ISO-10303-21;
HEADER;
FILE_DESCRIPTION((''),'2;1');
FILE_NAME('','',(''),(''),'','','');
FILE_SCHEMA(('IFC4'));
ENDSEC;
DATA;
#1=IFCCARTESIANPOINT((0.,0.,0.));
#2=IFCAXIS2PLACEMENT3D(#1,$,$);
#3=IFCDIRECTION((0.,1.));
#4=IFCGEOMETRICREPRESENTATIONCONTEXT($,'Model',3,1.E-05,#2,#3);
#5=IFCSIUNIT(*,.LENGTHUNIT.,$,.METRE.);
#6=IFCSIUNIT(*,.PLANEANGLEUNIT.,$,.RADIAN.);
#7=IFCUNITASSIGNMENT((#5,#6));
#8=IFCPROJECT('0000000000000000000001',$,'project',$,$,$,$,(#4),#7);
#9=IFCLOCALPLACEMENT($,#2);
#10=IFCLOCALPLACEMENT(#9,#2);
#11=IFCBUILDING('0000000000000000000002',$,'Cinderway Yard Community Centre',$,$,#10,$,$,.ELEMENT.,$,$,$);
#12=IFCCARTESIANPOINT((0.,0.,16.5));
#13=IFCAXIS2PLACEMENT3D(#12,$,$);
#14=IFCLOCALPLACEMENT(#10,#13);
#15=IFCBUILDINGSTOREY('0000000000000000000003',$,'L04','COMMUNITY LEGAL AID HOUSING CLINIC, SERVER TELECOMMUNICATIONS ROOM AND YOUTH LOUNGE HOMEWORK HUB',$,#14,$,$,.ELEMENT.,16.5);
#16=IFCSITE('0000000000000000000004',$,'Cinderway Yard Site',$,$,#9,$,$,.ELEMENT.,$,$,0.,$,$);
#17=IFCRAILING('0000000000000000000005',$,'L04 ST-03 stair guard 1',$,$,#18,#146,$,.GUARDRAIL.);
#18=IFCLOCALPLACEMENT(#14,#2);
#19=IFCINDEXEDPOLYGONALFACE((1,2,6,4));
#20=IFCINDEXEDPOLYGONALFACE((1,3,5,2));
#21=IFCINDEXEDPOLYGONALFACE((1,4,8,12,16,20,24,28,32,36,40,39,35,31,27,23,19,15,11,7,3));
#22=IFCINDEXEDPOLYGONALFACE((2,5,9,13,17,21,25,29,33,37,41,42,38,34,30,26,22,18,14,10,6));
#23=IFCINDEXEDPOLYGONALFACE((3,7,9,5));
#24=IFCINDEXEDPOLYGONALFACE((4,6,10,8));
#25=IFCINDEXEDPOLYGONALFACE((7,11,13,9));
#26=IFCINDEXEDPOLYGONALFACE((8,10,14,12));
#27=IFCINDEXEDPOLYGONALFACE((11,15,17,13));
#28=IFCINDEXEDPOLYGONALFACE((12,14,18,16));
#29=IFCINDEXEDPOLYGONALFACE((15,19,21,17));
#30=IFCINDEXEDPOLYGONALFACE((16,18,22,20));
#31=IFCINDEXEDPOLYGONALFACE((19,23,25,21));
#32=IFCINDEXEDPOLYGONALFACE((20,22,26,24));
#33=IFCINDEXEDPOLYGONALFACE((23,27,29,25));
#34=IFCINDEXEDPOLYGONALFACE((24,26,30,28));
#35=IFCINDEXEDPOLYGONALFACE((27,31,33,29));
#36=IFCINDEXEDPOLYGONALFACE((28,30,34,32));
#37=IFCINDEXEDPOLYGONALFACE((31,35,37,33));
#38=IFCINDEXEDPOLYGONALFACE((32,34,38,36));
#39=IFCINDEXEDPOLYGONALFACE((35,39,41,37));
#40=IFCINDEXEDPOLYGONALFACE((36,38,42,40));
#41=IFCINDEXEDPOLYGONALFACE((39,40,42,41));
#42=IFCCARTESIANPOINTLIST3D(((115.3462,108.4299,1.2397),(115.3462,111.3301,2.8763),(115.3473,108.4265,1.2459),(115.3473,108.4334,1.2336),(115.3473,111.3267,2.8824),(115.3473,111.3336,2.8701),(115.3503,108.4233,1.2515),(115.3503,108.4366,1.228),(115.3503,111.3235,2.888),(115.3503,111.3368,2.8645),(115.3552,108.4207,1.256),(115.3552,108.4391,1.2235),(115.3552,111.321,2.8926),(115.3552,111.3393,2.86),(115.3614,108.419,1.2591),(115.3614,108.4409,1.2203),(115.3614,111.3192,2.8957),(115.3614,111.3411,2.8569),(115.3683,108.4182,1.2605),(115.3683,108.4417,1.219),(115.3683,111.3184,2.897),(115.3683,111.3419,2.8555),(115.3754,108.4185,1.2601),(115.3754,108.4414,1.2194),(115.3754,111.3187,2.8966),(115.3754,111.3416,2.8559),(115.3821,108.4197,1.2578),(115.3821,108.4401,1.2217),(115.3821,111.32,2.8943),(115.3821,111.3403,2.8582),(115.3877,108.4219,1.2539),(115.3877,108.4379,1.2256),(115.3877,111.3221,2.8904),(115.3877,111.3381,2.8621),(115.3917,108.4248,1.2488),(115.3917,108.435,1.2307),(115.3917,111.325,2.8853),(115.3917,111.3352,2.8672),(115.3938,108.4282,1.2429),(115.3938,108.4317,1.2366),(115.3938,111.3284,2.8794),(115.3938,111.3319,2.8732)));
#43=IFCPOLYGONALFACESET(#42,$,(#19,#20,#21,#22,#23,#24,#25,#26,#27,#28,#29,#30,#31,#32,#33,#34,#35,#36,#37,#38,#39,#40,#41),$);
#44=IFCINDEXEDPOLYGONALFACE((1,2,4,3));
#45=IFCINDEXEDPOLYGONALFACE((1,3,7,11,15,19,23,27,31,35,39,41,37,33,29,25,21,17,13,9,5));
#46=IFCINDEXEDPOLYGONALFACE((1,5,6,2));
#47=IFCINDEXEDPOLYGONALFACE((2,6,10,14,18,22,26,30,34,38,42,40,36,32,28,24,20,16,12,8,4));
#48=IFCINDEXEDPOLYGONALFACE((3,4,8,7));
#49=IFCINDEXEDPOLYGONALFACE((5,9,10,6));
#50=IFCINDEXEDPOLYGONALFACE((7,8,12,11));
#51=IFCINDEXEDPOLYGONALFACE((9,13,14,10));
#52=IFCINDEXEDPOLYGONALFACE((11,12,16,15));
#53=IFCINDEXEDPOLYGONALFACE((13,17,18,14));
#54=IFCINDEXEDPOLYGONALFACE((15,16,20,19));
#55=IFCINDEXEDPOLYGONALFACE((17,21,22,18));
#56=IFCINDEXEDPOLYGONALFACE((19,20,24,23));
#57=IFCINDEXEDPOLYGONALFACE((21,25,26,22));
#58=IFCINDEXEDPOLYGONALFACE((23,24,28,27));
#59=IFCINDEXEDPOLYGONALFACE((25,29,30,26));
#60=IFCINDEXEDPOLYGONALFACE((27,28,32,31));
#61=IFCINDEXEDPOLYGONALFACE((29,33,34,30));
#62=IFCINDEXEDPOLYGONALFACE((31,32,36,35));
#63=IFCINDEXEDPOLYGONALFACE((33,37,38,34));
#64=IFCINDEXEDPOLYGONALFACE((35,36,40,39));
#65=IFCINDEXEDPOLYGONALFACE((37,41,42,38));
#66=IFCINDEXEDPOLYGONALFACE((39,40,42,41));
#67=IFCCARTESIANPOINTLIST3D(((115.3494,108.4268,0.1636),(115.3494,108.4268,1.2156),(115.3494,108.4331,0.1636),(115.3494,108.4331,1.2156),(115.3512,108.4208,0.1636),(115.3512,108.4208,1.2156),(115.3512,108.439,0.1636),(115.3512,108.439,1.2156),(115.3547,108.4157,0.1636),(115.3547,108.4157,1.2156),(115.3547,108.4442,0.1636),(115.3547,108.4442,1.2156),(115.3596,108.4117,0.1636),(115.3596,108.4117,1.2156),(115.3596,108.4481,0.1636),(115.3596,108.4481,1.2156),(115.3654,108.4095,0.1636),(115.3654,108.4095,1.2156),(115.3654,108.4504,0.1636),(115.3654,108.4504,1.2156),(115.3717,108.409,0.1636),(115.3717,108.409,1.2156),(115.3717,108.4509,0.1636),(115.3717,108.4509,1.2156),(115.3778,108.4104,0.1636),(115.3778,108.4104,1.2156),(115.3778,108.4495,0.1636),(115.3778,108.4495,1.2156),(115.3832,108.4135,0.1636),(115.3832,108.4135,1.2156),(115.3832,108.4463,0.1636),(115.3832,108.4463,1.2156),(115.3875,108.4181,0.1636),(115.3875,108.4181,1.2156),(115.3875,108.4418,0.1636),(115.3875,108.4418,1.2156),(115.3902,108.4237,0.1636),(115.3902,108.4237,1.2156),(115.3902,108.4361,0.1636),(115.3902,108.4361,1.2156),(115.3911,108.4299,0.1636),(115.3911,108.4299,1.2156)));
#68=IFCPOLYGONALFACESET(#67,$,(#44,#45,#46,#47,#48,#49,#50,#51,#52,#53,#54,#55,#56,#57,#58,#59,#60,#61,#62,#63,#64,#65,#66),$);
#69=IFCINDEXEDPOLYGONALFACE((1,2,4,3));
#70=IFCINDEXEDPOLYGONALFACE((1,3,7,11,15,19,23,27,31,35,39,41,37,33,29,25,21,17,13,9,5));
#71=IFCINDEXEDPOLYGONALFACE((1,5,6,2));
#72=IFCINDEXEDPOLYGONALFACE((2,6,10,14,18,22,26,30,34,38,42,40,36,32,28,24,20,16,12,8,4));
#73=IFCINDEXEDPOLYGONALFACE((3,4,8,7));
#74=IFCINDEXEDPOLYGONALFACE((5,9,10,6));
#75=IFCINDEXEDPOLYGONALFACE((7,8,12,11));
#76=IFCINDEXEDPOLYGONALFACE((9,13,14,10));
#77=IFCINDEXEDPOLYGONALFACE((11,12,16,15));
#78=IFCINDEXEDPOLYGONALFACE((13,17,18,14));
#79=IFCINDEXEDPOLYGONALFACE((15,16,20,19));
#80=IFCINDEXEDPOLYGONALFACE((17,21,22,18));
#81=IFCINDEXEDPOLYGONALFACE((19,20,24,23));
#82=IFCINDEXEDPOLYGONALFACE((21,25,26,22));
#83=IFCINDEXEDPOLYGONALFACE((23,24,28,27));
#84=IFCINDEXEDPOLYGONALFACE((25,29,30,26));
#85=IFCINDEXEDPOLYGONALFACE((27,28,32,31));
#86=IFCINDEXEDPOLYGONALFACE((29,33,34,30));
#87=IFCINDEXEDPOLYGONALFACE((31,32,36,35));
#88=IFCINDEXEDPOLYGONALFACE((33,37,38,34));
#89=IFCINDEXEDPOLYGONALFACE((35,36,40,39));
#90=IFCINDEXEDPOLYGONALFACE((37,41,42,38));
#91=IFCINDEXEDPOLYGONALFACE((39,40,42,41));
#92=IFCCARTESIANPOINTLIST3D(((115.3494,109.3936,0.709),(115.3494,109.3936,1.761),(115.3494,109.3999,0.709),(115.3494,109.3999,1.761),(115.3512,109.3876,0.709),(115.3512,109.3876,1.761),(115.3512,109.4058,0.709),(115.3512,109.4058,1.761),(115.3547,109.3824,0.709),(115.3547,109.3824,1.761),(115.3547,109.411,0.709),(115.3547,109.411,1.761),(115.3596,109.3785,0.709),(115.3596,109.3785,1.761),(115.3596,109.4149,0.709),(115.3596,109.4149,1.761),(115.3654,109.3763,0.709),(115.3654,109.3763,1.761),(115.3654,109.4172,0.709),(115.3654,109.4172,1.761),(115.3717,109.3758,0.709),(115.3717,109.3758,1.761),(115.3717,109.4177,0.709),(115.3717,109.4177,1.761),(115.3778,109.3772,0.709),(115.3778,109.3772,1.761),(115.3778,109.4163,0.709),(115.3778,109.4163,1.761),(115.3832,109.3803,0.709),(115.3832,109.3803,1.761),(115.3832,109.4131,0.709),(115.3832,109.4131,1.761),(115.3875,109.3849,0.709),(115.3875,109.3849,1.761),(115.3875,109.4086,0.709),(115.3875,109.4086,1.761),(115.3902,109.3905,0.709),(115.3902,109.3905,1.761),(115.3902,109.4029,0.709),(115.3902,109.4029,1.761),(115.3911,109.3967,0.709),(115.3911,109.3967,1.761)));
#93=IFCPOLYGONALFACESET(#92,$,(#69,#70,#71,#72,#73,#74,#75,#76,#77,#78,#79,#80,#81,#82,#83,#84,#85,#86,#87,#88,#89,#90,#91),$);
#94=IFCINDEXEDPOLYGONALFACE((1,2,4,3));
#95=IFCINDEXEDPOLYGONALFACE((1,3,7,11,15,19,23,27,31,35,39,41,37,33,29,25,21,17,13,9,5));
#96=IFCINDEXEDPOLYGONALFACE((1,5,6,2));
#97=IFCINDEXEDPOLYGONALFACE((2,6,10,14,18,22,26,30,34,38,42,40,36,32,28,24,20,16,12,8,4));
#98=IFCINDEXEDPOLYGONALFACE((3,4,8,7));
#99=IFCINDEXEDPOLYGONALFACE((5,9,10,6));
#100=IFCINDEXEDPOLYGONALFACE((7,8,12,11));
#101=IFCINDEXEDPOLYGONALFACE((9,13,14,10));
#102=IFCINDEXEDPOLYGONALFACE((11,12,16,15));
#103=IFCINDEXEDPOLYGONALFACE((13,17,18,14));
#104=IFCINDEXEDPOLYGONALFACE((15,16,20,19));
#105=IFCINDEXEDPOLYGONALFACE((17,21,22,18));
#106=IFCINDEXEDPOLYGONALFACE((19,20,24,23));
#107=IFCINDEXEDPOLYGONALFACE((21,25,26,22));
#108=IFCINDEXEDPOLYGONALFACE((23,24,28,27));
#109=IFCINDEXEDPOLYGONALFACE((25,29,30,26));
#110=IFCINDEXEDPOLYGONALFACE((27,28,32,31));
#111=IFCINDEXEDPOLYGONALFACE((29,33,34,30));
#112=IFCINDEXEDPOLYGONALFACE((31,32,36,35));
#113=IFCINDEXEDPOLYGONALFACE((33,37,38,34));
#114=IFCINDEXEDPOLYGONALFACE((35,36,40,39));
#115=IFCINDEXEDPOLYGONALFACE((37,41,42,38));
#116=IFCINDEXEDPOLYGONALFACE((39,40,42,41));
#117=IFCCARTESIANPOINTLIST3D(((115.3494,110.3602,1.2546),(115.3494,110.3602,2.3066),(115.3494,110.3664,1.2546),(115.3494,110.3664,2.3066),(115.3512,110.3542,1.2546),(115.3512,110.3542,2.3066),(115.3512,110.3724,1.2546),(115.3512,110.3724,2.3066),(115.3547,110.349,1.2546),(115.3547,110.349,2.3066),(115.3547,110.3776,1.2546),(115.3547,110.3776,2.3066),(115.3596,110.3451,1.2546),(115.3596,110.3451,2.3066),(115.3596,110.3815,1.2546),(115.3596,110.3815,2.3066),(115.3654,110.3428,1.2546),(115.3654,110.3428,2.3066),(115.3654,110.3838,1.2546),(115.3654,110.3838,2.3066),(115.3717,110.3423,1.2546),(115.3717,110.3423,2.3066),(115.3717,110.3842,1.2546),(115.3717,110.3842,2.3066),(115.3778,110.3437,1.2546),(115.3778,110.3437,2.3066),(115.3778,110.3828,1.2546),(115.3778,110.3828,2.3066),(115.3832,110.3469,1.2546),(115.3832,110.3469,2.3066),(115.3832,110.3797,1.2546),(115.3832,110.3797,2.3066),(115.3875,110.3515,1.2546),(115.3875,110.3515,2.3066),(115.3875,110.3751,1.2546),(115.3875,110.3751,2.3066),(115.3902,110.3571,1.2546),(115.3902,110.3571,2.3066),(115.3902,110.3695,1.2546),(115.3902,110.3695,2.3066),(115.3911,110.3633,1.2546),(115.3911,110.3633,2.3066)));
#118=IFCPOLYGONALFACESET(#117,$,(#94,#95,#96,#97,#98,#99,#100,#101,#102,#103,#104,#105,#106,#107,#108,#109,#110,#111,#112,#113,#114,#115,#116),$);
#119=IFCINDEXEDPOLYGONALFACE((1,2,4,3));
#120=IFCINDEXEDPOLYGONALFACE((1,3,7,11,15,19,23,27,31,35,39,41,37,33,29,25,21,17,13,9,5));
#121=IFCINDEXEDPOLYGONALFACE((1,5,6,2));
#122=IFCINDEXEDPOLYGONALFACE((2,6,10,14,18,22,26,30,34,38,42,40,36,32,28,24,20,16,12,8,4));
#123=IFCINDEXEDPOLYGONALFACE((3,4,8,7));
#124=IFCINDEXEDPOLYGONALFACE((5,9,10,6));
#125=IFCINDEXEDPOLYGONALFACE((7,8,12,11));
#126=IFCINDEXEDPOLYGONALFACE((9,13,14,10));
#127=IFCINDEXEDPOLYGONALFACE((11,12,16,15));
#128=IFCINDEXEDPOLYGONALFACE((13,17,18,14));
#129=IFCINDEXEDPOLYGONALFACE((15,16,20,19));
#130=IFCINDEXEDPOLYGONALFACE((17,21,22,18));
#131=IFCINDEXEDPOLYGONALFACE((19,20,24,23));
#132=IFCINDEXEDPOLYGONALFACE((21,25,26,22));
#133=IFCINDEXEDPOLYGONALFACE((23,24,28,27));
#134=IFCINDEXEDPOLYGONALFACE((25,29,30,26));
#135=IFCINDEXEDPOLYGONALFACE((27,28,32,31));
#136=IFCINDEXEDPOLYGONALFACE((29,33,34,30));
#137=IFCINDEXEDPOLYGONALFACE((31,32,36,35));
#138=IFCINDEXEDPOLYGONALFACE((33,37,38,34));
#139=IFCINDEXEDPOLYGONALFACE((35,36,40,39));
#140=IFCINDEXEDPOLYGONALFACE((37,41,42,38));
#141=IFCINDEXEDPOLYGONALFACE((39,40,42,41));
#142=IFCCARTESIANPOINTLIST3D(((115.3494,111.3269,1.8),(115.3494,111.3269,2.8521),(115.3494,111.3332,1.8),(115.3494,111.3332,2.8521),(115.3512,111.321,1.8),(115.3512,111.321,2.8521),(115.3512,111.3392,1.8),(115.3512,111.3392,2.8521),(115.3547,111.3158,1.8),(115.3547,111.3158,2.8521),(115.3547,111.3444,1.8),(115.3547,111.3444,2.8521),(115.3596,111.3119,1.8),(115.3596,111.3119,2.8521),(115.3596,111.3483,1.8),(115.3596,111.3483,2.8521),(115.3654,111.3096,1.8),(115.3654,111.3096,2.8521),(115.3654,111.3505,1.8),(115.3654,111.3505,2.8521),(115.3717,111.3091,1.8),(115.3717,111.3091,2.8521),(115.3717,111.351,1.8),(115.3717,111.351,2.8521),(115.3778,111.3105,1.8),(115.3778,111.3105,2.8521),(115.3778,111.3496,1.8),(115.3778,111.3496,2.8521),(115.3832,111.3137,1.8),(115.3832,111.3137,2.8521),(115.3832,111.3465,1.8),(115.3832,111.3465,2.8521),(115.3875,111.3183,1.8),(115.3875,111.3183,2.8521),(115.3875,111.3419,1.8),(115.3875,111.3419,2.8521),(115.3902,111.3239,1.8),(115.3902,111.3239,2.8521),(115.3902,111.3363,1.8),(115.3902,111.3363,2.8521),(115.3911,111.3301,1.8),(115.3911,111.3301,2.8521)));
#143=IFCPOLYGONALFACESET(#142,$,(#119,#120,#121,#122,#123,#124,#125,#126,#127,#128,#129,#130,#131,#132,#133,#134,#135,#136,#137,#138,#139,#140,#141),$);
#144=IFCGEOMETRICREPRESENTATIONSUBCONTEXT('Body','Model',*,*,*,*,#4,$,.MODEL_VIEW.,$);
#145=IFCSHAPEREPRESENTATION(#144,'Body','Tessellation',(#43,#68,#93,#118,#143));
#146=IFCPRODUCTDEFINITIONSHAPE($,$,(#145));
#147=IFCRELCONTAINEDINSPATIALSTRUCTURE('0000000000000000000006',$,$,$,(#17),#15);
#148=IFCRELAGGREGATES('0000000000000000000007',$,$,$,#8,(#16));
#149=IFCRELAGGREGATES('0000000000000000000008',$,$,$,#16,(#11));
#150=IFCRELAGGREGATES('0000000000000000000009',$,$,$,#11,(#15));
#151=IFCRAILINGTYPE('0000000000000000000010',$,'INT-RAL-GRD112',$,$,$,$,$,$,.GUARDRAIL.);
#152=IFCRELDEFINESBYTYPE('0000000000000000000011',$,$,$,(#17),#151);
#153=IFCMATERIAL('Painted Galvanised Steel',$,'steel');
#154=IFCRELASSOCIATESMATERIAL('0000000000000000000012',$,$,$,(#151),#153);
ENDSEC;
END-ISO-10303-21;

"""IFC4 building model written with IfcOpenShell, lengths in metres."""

from ifc_helpers import new_model, si_unit, direction, frame, origin, origin_2d, place, context, subcontext, project, spatial, circle, extrude, material, type_object, element, save


model = new_model("IFC4")

# Units and contexts
model_context = context("Model", 3, precision=1e-05, world=origin(), true_north=direction((0.0, 1.0)))
body_context = subcontext(model_context, "Body", "Model", "MODEL_VIEW")
ifc_project = project(units=[si_unit("LENGTHUNIT", "METRE"), si_unit("PLANEANGLEUNIT", "RADIAN")], contexts=[model_context])

# Site, building, storey
site_placement = place(None, origin())
site = spatial("IfcSite", under=ifc_project, at=site_placement, Name="Cinderway Yard Site", CompositionType="ELEMENT", RefElevation=0.0)
building_placement = place(site_placement, origin())
building = spatial("IfcBuilding", under=site, at=building_placement, Name="Cinderway Yard Community Centre", CompositionType="ELEMENT")
storey_placement = place(building_placement, frame((0.0, 0.0, 16.5)))
storey = spatial("IfcBuildingStorey", under=building, at=storey_placement, Name="L04", Description="COMMUNITY LEGAL AID HOUSING CLINIC, SERVER TELECOMMUNICATIONS ROOM AND YOUTH LOUNGE HOMEWORK HUB", CompositionType="ELEMENT", Elevation=16.5)

# Shared definitions
ifc_material_1 = material(Name="Painted Galvanised Steel", Category="steel")

# Railing
railing_type_1 = type_object("IfcRailingType", Name="INT-RAL-GRD112", PredefinedType="GUARDRAIL", material=ifc_material_1)
railing_1_placement = place(storey_placement, frame((115.3701, 108.4299, 0.1636)))
element("IfcRailing", 1, at=railing_1_placement, inside=storey, type_object=railing_type_1, Name="L04 ST-03 stair guard 1", PredefinedType="GUARDRAIL", context=body_context, shape_type="SweptSolid", body=[
    extrude(circle(Radius=0.0239, at=origin_2d()), frame((0.0, 0.0, 1.0762), z_axis=(0.0, 0.870915, 0.491434), x_axis=(-1.0, 0.0, 0.0)), (0.0, 0.0, 1.0), 3.3301),
    extrude(circle(Radius=0.021, at=origin_2d()), origin(), (0.0, 0.0, 1.0), 1.052),
    extrude(circle(Radius=0.021, at=origin_2d()), frame((0.0, 0.9668, 0.5454)), (0.0, 0.0, 1.0), 1.052),
    extrude(circle(Radius=0.021, at=origin_2d()), frame((0.0, 1.9333, 1.0911)), (0.0, 0.0, 1.0), 1.052),
    extrude(circle(Radius=0.021, at=origin_2d()), frame((0.0, 2.9001, 1.6365)), (0.0, 0.0, 1.0), 1.052),
])

save(model, "model.ifc")
